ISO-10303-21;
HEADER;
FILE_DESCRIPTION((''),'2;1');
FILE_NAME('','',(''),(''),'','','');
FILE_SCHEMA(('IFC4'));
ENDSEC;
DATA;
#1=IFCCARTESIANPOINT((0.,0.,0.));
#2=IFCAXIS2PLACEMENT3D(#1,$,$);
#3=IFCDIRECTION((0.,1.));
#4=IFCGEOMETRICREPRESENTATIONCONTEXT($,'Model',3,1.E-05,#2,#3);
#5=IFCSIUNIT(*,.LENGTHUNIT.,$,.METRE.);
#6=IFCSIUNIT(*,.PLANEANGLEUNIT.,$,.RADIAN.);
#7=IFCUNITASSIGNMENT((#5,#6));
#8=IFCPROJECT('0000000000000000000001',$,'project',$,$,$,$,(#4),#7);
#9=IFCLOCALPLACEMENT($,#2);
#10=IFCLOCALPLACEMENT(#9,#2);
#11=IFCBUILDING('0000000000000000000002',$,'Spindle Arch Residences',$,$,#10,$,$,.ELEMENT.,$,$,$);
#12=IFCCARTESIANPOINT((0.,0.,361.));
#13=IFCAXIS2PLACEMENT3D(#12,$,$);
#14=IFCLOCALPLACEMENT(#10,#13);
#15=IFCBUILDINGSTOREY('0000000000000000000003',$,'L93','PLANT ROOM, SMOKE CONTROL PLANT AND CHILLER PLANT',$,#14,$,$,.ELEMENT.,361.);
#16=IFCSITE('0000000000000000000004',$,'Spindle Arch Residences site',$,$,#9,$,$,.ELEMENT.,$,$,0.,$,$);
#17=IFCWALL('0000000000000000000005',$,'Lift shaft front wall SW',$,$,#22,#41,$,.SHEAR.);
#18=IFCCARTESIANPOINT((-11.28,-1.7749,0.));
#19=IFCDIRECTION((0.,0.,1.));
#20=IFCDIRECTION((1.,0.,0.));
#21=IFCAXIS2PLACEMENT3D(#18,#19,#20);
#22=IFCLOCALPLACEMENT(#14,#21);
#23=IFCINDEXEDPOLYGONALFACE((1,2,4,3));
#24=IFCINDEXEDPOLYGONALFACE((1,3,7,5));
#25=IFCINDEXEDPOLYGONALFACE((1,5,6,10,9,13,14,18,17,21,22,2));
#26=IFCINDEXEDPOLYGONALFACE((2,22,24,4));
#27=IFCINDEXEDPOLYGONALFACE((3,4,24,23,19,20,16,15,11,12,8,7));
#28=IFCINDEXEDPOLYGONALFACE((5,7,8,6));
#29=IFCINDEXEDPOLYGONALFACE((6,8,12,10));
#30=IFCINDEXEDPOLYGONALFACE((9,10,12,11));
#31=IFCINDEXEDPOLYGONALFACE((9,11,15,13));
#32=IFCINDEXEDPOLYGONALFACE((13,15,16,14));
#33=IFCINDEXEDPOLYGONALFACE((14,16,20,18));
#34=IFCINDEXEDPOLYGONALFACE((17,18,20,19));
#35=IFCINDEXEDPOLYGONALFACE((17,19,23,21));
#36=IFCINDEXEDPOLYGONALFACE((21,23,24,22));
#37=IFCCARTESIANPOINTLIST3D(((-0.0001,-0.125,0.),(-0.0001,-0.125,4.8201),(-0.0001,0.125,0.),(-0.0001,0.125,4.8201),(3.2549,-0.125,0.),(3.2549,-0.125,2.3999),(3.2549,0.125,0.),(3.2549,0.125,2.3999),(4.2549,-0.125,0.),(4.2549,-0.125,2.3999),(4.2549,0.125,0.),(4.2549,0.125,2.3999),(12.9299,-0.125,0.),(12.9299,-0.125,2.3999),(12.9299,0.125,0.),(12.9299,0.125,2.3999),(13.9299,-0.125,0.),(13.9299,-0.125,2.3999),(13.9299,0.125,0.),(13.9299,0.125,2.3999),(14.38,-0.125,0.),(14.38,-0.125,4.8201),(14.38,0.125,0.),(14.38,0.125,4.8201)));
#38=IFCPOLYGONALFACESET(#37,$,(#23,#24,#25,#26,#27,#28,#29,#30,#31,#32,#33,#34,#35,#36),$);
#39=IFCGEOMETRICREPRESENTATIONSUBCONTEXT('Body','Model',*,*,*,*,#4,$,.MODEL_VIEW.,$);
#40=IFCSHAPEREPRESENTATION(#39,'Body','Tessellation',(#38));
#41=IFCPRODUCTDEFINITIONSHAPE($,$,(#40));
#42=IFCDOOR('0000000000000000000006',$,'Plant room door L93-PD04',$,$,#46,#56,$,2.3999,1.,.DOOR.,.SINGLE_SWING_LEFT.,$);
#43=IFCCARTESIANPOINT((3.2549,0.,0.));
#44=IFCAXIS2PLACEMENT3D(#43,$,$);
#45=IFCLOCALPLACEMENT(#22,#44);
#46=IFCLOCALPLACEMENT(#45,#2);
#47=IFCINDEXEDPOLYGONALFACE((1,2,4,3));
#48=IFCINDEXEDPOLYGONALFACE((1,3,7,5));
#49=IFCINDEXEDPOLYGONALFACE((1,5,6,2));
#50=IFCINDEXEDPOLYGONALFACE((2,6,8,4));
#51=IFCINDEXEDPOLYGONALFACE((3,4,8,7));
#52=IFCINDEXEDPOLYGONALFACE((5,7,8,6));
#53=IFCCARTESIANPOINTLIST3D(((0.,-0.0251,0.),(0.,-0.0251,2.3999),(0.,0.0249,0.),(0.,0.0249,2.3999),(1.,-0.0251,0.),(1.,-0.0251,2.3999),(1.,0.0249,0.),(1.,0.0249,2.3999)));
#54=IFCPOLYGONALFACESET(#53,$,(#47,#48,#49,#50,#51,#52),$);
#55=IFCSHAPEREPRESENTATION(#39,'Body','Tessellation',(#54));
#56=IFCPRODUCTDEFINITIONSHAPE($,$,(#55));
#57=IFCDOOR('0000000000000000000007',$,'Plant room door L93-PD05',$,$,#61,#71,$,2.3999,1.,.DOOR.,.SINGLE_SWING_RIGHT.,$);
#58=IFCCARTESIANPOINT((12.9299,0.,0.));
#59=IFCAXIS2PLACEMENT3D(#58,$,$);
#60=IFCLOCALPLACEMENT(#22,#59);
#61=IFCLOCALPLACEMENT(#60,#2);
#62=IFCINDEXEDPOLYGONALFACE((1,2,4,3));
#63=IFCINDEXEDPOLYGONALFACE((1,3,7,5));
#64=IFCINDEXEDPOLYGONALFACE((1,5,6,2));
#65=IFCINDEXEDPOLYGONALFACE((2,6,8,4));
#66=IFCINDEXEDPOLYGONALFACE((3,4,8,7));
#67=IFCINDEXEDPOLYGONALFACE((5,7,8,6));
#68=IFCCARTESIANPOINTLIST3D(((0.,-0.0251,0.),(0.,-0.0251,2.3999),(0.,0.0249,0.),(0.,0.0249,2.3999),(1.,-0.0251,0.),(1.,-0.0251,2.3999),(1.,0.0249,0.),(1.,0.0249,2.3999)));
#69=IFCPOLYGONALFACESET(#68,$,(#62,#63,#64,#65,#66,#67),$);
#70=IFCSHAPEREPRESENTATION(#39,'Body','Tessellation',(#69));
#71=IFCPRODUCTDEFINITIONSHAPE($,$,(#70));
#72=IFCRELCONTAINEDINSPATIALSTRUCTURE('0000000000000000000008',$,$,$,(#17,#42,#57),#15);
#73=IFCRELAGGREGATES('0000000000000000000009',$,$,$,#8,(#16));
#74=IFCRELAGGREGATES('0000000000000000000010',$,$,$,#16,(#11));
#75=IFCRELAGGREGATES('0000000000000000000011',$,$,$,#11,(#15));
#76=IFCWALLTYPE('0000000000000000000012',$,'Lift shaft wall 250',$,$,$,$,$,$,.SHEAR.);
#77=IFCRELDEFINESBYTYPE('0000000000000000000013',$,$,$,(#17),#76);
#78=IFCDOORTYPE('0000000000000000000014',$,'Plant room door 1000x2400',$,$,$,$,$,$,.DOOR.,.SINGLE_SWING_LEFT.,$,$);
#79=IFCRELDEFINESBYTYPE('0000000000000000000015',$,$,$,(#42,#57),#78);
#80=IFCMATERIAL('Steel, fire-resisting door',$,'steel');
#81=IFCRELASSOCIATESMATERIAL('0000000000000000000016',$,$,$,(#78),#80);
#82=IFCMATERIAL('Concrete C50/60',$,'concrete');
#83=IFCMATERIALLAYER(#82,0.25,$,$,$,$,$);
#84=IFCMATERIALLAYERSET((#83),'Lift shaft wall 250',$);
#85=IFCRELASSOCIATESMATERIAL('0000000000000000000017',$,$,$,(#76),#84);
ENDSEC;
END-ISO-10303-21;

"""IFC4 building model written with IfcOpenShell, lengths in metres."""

from ifc_helpers import new_model, si_unit, direction, frame, frame_2d, origin, place, context, subcontext, project, spatial, rectangle, extrude, material, layer, layer_set, type_object, element, fill, save


model = new_model("IFC4")

# Units and contexts
model_context = context("Model", 3, precision=1e-05, world=origin(), true_north=direction((0.0, 1.0)))
body_context = subcontext(model_context, "Body", "Model", "MODEL_VIEW")
ifc_project = project(units=[si_unit("LENGTHUNIT", "METRE"), si_unit("PLANEANGLEUNIT", "RADIAN")], contexts=[model_context])

# Site, building, storey
site_placement = place(None, origin())
site = spatial("IfcSite", under=ifc_project, at=site_placement, Name="Spindle Arch Residences site", CompositionType="ELEMENT", RefElevation=0.0)
building_placement = place(site_placement, origin())
building = spatial("IfcBuilding", under=site, at=building_placement, Name="Spindle Arch Residences", CompositionType="ELEMENT")
storey_placement = place(building_placement, frame((0.0, 0.0, 361.0)))
storey = spatial("IfcBuildingStorey", under=building, at=storey_placement, Name="L93", Description="PLANT ROOM, SMOKE CONTROL PLANT AND CHILLER PLANT", CompositionType="ELEMENT", Elevation=361.0)

# Shared definitions
ifc_material_1 = material(Name="Steel, fire-resisting door", Category="steel")
door_type_1 = type_object("IfcDoorType", Name="Plant room door 1000x2400", OperationType="SINGLE_SWING_LEFT", PredefinedType="DOOR", material=ifc_material_1)

# Wall, openings, doors
ifc_material_2 = material(Name="Concrete C50/60", Category="concrete")
ifc_layer_1 = layer(ifc_material_2, 0.25)
ifc_layer_set_1 = layer_set([ifc_layer_1], Name="Lift shaft wall 250")
wall_type_1 = type_object("IfcWallType", Name="Lift shaft wall 250", PredefinedType="SHEAR", material=ifc_layer_set_1)
wall_1_placement = place(storey_placement, frame((-11.28, -1.7749, 0.0), z_axis=(0.0, 0.0, 1.0), x_axis=(1.0, 0.0, 0.0)))
wall_1 = element("IfcWall", 1, at=wall_1_placement, inside=storey, type_object=wall_type_1, Name="Lift shaft front wall SW", PredefinedType="SHEAR", context=body_context, shape_type="SweptSolid", body=[
    extrude(rectangle(XDim=14.3801, YDim=0.25, at=frame_2d((7.1899, 0.0))), origin(), (0.0, 0.0, 1.0), 4.8201),
])
opening_1_placement = place(wall_1_placement, frame((3.2549, 0.0, 0.0)))
opening_1 = element("IfcOpeningElement", 2, at=opening_1_placement, cuts=wall_1, PredefinedType="OPENING", context=body_context, shape_type="SweptSolid", body=[
    extrude(rectangle(XDim=1.0, YDim=2.3999, at=frame_2d((0.5, 1.2))), frame((0.0, 0.135, 0.0), z_axis=(0.0, -1.0, 0.0), x_axis=(1.0, 0.0, 0.0)), (0.0, 0.0, 1.0), 0.27),
])
opening_2_placement = place(wall_1_placement, frame((12.9299, 0.0, 0.0)))
opening_2 = element("IfcOpeningElement", 3, at=opening_2_placement, cuts=wall_1, PredefinedType="OPENING", context=body_context, shape_type="SweptSolid", body=[
    extrude(rectangle(XDim=1.0, YDim=2.3999, at=frame_2d((0.5, 1.2))), frame((0.0, 0.135, 0.0), z_axis=(0.0, -1.0, 0.0), x_axis=(1.0, 0.0, 0.0)), (0.0, 0.0, 1.0), 0.27),
])
door_1_placement = place(opening_1_placement, origin())
door_1 = element("IfcDoor", 4, at=door_1_placement, inside=storey, type_object=door_type_1, Name="Plant room door L93-PD04", OperationType="SINGLE_SWING_LEFT", OverallHeight=2.3999, OverallWidth=1.0, PredefinedType="DOOR", context=body_context, shape_type="SweptSolid", body=[
    extrude(rectangle(XDim=1.0, YDim=2.3999, at=frame_2d((0.5, 1.2))), frame((0.0, 0.0249, 0.0), z_axis=(0.0, -1.0, 0.0), x_axis=(1.0, 0.0, 0.0)), (0.0, 0.0, 1.0), 0.05),
])
fill(opening_1, door_1)
door_2_placement = place(opening_2_placement, origin())
door_2 = element("IfcDoor", 5, at=door_2_placement, inside=storey, type_object=door_type_1, Name="Plant room door L93-PD05", OperationType="SINGLE_SWING_RIGHT", OverallHeight=2.3999, OverallWidth=1.0, PredefinedType="DOOR", context=body_context, shape_type="SweptSolid", body=[
    extrude(rectangle(XDim=1.0, YDim=2.3999, at=frame_2d((0.5, 1.2))), frame((0.0, 0.0249, 0.0), z_axis=(0.0, -1.0, 0.0), x_axis=(1.0, 0.0, 0.0)), (0.0, 0.0, 1.0), 0.05),
])
fill(opening_2, door_2)

save(model, "model.ifc")
